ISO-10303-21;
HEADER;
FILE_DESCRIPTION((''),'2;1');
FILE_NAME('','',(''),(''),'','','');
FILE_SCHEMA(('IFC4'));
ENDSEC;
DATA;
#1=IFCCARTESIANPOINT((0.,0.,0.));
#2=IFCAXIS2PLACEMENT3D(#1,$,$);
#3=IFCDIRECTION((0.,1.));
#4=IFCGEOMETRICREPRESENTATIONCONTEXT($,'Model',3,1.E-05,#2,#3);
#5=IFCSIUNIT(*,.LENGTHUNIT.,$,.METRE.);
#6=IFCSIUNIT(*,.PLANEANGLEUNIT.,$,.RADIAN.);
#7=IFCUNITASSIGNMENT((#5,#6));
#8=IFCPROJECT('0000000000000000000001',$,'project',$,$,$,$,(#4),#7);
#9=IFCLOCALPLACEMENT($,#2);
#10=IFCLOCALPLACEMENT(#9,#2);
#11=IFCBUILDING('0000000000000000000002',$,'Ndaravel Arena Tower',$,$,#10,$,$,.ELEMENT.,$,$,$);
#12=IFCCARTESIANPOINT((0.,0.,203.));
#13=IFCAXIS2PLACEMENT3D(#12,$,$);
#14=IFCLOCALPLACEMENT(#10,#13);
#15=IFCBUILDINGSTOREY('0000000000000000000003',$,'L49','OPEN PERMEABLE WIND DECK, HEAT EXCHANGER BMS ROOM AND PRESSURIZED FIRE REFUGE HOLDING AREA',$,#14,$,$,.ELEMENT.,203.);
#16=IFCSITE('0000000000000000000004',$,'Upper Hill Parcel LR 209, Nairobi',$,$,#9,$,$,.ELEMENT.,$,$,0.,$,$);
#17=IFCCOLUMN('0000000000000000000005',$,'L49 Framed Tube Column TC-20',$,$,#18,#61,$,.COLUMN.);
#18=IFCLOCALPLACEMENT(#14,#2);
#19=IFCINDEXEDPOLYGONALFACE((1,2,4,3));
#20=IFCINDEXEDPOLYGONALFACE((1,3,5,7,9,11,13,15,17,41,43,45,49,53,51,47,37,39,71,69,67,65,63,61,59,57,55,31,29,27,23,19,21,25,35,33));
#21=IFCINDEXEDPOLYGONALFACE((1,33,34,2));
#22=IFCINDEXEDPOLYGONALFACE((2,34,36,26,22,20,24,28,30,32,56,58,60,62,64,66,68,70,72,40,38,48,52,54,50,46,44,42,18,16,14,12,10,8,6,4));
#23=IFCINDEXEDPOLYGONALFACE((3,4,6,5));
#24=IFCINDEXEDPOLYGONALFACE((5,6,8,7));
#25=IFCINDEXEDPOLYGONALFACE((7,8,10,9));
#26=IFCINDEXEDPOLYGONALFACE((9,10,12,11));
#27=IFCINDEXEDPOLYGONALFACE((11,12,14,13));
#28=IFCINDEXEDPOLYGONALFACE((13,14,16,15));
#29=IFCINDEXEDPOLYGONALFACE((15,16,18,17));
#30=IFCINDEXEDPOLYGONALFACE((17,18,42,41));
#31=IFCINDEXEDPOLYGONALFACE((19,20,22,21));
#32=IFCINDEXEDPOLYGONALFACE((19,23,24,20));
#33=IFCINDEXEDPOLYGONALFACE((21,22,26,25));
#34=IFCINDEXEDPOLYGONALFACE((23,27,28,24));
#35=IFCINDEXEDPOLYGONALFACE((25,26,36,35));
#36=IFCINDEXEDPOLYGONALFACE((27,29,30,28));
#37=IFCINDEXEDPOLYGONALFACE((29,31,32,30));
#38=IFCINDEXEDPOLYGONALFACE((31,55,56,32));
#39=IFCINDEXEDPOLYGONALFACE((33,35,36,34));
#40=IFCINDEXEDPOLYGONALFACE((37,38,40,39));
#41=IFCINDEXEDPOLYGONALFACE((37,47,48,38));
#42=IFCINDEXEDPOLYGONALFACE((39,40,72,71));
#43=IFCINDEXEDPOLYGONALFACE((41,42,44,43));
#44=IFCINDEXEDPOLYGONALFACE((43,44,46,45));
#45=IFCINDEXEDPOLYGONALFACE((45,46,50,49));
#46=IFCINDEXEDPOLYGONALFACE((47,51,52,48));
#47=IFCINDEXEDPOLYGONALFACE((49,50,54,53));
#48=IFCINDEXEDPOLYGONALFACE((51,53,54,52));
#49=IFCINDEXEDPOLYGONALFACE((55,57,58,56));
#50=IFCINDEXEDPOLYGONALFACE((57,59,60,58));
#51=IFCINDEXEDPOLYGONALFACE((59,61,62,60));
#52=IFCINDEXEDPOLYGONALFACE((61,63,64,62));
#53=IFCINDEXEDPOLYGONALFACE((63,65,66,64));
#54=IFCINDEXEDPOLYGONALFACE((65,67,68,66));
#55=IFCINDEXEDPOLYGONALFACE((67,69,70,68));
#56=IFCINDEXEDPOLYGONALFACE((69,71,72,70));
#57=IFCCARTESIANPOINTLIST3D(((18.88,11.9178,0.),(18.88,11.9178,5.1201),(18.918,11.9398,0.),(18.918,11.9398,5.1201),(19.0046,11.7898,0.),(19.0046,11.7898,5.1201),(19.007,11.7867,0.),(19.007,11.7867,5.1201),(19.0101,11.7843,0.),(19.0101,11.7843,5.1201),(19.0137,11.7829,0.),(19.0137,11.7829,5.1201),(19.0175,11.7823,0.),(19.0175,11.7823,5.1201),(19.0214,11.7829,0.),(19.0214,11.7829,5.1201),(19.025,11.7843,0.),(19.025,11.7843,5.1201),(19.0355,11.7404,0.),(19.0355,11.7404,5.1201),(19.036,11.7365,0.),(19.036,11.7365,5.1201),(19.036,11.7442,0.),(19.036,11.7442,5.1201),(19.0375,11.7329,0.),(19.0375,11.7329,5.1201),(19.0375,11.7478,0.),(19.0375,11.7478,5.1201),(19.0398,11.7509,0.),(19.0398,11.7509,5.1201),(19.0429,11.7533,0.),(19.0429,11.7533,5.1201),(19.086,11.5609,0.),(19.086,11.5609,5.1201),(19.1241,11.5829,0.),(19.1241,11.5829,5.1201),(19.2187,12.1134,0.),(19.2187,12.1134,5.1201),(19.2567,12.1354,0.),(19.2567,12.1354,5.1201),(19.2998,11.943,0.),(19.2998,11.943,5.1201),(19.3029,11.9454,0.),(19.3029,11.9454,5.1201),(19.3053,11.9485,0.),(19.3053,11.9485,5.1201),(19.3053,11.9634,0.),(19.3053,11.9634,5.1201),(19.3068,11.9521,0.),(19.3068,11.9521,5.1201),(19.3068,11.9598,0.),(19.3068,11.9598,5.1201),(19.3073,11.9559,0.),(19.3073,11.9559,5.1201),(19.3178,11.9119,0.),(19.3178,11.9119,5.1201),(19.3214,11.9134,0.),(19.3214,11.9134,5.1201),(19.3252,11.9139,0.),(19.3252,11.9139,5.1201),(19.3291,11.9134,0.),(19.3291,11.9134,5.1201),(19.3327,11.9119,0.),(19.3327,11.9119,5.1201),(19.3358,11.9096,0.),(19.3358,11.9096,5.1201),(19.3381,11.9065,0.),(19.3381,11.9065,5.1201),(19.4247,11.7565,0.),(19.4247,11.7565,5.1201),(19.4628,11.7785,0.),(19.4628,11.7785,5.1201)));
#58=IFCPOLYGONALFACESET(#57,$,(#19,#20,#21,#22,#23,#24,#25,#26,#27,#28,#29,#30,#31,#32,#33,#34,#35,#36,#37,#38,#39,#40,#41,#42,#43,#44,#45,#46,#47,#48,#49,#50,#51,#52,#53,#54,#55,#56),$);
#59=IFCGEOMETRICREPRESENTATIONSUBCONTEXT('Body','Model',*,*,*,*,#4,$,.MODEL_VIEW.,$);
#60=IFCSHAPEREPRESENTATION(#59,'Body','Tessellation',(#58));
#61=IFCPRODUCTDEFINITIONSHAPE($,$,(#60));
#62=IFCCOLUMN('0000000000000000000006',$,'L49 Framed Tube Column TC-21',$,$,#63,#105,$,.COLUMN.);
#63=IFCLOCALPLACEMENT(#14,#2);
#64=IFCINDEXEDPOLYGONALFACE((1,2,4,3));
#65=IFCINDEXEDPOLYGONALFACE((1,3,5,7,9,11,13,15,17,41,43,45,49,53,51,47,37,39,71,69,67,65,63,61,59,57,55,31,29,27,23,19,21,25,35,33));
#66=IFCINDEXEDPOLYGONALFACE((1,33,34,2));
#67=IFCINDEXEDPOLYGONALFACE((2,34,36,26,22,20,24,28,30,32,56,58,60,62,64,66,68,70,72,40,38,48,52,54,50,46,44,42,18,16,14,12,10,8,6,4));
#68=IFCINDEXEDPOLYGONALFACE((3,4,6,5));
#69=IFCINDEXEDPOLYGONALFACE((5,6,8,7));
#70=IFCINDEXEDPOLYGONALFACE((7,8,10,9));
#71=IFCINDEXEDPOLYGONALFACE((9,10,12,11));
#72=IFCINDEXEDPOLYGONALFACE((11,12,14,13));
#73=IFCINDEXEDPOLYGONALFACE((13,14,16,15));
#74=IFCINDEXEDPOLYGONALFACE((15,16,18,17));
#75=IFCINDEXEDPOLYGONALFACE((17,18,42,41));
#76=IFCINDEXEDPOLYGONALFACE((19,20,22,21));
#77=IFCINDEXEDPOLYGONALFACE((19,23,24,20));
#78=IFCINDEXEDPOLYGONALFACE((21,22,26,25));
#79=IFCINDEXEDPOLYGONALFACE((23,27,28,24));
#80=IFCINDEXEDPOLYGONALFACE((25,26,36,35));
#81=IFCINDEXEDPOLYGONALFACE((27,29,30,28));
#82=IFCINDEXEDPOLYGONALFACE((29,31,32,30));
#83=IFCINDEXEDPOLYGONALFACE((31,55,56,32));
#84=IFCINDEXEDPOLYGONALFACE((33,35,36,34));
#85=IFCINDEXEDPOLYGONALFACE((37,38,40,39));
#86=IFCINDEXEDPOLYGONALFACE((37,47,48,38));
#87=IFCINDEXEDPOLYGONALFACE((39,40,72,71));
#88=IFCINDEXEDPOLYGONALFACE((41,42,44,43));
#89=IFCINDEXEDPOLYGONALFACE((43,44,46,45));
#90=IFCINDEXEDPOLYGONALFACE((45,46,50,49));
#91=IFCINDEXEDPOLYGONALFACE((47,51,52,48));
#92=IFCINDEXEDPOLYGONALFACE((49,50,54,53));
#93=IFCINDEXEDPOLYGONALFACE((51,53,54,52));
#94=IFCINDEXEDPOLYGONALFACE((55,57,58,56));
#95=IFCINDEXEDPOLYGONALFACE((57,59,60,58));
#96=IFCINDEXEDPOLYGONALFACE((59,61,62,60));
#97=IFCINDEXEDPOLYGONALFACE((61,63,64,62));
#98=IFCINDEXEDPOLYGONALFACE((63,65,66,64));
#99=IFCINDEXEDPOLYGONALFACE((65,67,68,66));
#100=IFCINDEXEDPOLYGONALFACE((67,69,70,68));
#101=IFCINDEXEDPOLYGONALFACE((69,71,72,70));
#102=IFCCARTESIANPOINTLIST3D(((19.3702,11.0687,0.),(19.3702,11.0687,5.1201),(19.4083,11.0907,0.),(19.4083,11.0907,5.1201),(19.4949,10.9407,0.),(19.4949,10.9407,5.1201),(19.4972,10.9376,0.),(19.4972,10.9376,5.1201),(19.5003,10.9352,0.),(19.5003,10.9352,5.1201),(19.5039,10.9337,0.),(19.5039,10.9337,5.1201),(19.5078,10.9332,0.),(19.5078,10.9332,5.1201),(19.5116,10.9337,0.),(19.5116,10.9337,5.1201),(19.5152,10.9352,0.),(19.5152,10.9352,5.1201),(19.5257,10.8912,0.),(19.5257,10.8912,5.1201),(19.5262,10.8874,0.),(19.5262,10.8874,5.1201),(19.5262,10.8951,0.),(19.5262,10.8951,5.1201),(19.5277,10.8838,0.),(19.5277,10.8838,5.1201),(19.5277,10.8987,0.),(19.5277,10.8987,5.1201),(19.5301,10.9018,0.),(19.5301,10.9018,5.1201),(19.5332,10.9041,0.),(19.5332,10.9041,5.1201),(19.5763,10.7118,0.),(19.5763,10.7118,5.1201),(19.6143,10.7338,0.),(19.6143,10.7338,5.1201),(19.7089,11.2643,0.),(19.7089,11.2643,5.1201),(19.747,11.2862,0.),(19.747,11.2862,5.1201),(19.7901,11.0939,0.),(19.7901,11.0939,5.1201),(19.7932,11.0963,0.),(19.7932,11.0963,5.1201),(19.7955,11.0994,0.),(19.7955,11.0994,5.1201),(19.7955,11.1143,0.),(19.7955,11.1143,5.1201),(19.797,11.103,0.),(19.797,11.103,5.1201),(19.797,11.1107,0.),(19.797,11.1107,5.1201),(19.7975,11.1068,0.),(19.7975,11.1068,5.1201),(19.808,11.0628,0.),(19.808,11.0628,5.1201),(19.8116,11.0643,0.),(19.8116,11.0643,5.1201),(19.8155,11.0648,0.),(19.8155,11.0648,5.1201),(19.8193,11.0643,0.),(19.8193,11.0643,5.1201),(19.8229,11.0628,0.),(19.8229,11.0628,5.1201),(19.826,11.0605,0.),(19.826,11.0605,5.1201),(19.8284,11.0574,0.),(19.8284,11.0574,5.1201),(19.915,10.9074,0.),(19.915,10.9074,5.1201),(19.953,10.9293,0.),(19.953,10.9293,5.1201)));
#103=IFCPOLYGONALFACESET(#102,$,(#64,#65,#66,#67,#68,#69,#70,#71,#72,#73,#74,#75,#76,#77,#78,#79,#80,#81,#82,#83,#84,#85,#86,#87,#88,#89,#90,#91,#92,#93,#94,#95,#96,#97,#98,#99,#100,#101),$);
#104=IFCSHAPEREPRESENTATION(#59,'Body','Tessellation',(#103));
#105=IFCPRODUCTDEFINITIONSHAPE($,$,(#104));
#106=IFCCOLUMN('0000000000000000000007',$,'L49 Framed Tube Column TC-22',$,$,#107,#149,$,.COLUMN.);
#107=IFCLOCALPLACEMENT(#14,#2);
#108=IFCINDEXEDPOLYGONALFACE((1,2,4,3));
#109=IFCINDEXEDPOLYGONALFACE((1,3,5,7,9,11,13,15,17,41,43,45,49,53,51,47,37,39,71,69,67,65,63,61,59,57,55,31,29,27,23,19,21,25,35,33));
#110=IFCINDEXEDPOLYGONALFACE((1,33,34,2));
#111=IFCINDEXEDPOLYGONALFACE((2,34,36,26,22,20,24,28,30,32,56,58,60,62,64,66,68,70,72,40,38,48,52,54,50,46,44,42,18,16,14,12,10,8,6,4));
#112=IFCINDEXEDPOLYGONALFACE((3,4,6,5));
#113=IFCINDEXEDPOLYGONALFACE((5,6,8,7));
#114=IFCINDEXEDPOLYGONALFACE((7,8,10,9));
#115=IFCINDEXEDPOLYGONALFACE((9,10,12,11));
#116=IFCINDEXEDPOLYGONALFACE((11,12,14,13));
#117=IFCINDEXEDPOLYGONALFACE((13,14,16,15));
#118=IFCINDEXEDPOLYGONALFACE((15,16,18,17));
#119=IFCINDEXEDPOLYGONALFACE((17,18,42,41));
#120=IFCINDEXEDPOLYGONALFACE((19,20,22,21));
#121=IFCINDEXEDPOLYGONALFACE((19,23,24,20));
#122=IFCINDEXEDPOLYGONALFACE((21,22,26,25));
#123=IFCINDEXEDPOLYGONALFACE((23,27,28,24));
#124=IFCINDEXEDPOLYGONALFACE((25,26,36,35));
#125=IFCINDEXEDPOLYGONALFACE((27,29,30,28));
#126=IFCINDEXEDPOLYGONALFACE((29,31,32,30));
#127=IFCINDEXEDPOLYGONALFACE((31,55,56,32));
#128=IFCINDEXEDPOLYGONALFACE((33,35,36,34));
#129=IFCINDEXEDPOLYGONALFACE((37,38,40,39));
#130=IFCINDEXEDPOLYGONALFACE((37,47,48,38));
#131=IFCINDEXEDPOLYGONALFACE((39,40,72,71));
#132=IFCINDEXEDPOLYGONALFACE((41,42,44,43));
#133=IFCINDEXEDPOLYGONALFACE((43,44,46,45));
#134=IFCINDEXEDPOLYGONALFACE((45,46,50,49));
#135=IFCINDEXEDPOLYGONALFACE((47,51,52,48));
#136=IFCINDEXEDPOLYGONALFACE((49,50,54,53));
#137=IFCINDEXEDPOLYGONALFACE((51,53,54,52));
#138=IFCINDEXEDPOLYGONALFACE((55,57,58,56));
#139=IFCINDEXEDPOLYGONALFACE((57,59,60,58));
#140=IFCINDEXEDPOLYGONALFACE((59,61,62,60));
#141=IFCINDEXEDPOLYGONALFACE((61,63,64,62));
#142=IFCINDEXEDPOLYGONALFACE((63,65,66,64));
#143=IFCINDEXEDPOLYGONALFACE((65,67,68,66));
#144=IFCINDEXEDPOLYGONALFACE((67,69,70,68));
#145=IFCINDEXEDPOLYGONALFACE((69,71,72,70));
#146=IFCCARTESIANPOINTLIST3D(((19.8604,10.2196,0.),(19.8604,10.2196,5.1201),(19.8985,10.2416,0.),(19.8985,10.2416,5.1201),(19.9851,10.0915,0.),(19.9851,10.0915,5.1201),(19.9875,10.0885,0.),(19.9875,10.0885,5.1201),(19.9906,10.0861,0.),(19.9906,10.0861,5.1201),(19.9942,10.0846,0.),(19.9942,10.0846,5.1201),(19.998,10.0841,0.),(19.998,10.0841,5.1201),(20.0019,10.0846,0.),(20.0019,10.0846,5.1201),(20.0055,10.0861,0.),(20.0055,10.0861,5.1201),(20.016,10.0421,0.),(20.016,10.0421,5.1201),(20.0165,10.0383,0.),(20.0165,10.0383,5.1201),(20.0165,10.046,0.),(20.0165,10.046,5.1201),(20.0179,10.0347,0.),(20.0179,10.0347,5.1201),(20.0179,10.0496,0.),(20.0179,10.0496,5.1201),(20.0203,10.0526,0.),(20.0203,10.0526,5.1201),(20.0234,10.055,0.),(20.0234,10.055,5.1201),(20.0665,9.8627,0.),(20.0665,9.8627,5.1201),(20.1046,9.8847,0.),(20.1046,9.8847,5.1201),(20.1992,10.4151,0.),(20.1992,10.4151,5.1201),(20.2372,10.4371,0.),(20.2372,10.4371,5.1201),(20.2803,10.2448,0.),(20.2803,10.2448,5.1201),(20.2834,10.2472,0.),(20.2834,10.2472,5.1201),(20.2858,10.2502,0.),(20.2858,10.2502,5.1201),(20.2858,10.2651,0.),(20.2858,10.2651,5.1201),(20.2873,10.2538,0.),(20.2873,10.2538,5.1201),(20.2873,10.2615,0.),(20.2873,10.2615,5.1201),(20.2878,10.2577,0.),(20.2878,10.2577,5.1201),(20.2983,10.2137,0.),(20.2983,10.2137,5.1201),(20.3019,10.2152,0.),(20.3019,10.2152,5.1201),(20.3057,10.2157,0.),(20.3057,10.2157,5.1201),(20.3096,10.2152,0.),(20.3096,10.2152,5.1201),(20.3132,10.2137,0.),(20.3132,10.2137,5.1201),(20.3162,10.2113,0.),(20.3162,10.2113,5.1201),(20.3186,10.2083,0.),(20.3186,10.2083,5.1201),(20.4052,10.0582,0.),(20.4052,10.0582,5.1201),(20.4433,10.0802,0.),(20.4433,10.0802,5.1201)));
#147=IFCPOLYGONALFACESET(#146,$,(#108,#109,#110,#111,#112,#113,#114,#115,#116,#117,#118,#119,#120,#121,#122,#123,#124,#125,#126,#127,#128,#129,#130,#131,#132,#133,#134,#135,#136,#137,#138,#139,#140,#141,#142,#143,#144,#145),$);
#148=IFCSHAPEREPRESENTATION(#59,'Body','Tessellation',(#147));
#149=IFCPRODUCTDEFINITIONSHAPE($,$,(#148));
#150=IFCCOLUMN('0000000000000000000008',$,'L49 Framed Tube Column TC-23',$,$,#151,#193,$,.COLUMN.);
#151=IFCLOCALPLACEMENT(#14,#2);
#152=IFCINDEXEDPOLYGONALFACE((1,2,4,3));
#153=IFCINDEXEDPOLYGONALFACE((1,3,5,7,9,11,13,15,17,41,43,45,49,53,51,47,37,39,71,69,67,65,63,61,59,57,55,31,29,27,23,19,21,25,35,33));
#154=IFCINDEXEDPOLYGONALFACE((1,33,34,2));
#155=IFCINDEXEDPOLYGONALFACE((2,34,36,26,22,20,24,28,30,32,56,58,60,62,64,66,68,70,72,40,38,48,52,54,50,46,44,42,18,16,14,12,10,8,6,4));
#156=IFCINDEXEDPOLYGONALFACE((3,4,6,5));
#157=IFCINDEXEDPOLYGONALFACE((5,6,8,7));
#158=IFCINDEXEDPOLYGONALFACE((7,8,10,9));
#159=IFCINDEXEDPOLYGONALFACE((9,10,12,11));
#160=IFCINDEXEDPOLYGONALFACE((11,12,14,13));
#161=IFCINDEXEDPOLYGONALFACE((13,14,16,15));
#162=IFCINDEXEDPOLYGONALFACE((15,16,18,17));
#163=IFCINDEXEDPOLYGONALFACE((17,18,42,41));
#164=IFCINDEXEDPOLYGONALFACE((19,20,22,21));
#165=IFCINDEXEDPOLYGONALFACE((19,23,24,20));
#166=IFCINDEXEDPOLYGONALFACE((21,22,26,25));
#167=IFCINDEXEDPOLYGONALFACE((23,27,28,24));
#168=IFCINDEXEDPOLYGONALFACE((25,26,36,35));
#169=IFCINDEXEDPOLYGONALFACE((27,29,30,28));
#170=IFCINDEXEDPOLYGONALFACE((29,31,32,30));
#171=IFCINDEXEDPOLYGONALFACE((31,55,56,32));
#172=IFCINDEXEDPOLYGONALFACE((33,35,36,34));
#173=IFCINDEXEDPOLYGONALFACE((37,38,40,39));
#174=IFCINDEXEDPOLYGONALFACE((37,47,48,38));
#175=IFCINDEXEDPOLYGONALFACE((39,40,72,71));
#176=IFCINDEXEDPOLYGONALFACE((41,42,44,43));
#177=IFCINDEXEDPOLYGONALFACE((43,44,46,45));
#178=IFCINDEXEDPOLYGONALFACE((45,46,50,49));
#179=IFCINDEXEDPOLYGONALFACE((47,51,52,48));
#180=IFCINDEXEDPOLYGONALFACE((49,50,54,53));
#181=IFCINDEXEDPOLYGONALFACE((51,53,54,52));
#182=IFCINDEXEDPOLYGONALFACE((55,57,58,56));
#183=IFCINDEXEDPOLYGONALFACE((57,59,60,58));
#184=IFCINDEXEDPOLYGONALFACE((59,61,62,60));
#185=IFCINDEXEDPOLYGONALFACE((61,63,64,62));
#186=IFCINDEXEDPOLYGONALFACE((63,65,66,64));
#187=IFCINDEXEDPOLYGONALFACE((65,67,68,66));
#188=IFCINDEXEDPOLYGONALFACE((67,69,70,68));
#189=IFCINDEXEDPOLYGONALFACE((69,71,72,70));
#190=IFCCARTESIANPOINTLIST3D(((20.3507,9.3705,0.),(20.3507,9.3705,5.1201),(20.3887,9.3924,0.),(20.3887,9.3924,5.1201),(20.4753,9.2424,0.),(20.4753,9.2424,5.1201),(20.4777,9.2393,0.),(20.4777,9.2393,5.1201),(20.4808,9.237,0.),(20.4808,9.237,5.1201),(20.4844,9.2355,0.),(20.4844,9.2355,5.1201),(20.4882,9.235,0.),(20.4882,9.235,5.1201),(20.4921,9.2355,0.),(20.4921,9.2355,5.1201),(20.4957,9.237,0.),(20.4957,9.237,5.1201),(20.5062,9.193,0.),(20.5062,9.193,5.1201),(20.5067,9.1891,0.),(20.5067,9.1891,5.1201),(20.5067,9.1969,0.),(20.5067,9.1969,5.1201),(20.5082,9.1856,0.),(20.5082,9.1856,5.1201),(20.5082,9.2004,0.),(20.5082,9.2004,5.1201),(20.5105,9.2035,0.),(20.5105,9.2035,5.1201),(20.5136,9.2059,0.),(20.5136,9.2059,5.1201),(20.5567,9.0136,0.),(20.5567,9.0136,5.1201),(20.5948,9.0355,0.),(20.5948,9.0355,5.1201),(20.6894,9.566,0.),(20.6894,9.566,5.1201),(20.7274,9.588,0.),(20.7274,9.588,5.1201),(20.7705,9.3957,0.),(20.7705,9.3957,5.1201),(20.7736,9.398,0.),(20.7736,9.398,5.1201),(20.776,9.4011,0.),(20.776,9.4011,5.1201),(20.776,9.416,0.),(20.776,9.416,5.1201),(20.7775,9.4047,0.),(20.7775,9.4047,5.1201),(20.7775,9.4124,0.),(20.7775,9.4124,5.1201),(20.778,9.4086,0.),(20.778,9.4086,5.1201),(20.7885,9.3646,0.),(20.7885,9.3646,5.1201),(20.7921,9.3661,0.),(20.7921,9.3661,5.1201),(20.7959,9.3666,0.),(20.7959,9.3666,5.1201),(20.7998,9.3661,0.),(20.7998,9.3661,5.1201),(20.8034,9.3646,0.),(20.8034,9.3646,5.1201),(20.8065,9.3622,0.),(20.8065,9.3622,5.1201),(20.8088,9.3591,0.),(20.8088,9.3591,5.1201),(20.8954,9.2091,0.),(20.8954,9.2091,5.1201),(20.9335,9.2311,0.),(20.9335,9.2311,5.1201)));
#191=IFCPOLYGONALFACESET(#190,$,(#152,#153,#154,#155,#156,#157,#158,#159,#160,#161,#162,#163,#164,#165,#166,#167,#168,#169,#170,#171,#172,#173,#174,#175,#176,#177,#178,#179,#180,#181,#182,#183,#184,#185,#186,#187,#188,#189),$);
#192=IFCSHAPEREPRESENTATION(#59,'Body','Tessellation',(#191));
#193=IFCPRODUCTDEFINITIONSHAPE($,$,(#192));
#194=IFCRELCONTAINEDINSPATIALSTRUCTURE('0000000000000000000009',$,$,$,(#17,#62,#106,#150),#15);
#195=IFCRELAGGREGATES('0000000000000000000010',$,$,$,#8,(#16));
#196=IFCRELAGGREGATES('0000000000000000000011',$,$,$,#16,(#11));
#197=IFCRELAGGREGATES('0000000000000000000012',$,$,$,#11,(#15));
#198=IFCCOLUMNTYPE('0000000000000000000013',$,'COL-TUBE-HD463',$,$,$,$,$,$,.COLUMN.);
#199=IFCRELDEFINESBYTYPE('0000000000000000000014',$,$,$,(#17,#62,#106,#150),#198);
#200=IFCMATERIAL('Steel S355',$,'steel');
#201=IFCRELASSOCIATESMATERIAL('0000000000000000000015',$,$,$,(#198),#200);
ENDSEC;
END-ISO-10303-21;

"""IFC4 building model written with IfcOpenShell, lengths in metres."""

from ifc_helpers import new_model, si_unit, direction, frame, origin, origin_2d, place, context, subcontext, project, spatial, i_section, extrude, material, material_profile, profile_set, type_object, element, save


model = new_model("IFC4")

# Units and contexts
model_context = context("Model", 3, precision=1e-05, world=origin(), true_north=direction((0.0, 1.0)))
body_context = subcontext(model_context, "Body", "Model", "MODEL_VIEW")
ifc_project = project(units=[si_unit("LENGTHUNIT", "METRE"), si_unit("PLANEANGLEUNIT", "RADIAN")], contexts=[model_context])

# Site, building, storey
site_placement = place(None, origin())
site = spatial("IfcSite", under=ifc_project, at=site_placement, Name="Upper Hill Parcel LR 209, Nairobi", CompositionType="ELEMENT", RefElevation=0.0)
building_placement = place(site_placement, origin())
building = spatial("IfcBuilding", under=site, at=building_placement, Name="Ndaravel Arena Tower", CompositionType="ELEMENT")
storey_placement = place(building_placement, frame((0.0, 0.0, 203.0)))
storey = spatial("IfcBuildingStorey", under=building, at=storey_placement, Name="L49", Description="OPEN PERMEABLE WIND DECK, HEAT EXCHANGER BMS ROOM AND PRESSURIZED FIRE REFUGE HOLDING AREA", CompositionType="ELEMENT", Elevation=203.0)

# Columns
ifc_material_1 = material(Name="Steel S355", Category="steel")
ifc_material_profile_1 = material_profile(ifc_material_1, i_section(OverallWidth=0.4121, OverallDepth=0.4351, WebThickness=0.0359, FlangeThickness=0.0439, FilletRadius=0.0149, at=origin_2d()), Name="HD 400x463")
ifc_profile_set_1 = profile_set([ifc_material_profile_1], Name="Steel S355")
column_type = type_object("IfcColumnType", Name="COL-TUBE-HD463", PredefinedType="COLUMN", material=ifc_profile_set_1)
for number, where, z_axis, x_axis, name in (
    (1, (19.1714, 11.8481, 0.0), (0.0, 0.0, 1.0), (-0.5, 0.866025, 0.0), "L49 Framed Tube Column TC-20"),
    (2, (19.6616, 10.999, 0.0), (0.0, 0.0, 1.0), (-0.5, 0.866025, 0.0), "L49 Framed Tube Column TC-21"),
    (3, (20.1519, 10.1499, 0.0), (0.0, 0.0, 1.0), (-0.5, 0.866025, 0.0), "L49 Framed Tube Column TC-22"),
    (4, (20.6421, 9.3008, 0.0), (0.0, 0.0, 1.0), (-0.5, 0.866025, 0.0), "L49 Framed Tube Column TC-23"),
):
    element("IfcColumn", number, at=place(storey_placement, frame(where, z_axis=z_axis, x_axis=x_axis)), inside=storey, type_object=column_type, Name=name, PredefinedType="COLUMN", context=body_context, shape_type="SweptSolid", body=[
        extrude(i_section(OverallWidth=0.4121, OverallDepth=0.4351, WebThickness=0.0359, FlangeThickness=0.0439, FilletRadius=0.0149, at=origin_2d()), origin(), (0.0, 0.0, 1.0), 5.1201),
    ])

save(model, "model.ifc")
